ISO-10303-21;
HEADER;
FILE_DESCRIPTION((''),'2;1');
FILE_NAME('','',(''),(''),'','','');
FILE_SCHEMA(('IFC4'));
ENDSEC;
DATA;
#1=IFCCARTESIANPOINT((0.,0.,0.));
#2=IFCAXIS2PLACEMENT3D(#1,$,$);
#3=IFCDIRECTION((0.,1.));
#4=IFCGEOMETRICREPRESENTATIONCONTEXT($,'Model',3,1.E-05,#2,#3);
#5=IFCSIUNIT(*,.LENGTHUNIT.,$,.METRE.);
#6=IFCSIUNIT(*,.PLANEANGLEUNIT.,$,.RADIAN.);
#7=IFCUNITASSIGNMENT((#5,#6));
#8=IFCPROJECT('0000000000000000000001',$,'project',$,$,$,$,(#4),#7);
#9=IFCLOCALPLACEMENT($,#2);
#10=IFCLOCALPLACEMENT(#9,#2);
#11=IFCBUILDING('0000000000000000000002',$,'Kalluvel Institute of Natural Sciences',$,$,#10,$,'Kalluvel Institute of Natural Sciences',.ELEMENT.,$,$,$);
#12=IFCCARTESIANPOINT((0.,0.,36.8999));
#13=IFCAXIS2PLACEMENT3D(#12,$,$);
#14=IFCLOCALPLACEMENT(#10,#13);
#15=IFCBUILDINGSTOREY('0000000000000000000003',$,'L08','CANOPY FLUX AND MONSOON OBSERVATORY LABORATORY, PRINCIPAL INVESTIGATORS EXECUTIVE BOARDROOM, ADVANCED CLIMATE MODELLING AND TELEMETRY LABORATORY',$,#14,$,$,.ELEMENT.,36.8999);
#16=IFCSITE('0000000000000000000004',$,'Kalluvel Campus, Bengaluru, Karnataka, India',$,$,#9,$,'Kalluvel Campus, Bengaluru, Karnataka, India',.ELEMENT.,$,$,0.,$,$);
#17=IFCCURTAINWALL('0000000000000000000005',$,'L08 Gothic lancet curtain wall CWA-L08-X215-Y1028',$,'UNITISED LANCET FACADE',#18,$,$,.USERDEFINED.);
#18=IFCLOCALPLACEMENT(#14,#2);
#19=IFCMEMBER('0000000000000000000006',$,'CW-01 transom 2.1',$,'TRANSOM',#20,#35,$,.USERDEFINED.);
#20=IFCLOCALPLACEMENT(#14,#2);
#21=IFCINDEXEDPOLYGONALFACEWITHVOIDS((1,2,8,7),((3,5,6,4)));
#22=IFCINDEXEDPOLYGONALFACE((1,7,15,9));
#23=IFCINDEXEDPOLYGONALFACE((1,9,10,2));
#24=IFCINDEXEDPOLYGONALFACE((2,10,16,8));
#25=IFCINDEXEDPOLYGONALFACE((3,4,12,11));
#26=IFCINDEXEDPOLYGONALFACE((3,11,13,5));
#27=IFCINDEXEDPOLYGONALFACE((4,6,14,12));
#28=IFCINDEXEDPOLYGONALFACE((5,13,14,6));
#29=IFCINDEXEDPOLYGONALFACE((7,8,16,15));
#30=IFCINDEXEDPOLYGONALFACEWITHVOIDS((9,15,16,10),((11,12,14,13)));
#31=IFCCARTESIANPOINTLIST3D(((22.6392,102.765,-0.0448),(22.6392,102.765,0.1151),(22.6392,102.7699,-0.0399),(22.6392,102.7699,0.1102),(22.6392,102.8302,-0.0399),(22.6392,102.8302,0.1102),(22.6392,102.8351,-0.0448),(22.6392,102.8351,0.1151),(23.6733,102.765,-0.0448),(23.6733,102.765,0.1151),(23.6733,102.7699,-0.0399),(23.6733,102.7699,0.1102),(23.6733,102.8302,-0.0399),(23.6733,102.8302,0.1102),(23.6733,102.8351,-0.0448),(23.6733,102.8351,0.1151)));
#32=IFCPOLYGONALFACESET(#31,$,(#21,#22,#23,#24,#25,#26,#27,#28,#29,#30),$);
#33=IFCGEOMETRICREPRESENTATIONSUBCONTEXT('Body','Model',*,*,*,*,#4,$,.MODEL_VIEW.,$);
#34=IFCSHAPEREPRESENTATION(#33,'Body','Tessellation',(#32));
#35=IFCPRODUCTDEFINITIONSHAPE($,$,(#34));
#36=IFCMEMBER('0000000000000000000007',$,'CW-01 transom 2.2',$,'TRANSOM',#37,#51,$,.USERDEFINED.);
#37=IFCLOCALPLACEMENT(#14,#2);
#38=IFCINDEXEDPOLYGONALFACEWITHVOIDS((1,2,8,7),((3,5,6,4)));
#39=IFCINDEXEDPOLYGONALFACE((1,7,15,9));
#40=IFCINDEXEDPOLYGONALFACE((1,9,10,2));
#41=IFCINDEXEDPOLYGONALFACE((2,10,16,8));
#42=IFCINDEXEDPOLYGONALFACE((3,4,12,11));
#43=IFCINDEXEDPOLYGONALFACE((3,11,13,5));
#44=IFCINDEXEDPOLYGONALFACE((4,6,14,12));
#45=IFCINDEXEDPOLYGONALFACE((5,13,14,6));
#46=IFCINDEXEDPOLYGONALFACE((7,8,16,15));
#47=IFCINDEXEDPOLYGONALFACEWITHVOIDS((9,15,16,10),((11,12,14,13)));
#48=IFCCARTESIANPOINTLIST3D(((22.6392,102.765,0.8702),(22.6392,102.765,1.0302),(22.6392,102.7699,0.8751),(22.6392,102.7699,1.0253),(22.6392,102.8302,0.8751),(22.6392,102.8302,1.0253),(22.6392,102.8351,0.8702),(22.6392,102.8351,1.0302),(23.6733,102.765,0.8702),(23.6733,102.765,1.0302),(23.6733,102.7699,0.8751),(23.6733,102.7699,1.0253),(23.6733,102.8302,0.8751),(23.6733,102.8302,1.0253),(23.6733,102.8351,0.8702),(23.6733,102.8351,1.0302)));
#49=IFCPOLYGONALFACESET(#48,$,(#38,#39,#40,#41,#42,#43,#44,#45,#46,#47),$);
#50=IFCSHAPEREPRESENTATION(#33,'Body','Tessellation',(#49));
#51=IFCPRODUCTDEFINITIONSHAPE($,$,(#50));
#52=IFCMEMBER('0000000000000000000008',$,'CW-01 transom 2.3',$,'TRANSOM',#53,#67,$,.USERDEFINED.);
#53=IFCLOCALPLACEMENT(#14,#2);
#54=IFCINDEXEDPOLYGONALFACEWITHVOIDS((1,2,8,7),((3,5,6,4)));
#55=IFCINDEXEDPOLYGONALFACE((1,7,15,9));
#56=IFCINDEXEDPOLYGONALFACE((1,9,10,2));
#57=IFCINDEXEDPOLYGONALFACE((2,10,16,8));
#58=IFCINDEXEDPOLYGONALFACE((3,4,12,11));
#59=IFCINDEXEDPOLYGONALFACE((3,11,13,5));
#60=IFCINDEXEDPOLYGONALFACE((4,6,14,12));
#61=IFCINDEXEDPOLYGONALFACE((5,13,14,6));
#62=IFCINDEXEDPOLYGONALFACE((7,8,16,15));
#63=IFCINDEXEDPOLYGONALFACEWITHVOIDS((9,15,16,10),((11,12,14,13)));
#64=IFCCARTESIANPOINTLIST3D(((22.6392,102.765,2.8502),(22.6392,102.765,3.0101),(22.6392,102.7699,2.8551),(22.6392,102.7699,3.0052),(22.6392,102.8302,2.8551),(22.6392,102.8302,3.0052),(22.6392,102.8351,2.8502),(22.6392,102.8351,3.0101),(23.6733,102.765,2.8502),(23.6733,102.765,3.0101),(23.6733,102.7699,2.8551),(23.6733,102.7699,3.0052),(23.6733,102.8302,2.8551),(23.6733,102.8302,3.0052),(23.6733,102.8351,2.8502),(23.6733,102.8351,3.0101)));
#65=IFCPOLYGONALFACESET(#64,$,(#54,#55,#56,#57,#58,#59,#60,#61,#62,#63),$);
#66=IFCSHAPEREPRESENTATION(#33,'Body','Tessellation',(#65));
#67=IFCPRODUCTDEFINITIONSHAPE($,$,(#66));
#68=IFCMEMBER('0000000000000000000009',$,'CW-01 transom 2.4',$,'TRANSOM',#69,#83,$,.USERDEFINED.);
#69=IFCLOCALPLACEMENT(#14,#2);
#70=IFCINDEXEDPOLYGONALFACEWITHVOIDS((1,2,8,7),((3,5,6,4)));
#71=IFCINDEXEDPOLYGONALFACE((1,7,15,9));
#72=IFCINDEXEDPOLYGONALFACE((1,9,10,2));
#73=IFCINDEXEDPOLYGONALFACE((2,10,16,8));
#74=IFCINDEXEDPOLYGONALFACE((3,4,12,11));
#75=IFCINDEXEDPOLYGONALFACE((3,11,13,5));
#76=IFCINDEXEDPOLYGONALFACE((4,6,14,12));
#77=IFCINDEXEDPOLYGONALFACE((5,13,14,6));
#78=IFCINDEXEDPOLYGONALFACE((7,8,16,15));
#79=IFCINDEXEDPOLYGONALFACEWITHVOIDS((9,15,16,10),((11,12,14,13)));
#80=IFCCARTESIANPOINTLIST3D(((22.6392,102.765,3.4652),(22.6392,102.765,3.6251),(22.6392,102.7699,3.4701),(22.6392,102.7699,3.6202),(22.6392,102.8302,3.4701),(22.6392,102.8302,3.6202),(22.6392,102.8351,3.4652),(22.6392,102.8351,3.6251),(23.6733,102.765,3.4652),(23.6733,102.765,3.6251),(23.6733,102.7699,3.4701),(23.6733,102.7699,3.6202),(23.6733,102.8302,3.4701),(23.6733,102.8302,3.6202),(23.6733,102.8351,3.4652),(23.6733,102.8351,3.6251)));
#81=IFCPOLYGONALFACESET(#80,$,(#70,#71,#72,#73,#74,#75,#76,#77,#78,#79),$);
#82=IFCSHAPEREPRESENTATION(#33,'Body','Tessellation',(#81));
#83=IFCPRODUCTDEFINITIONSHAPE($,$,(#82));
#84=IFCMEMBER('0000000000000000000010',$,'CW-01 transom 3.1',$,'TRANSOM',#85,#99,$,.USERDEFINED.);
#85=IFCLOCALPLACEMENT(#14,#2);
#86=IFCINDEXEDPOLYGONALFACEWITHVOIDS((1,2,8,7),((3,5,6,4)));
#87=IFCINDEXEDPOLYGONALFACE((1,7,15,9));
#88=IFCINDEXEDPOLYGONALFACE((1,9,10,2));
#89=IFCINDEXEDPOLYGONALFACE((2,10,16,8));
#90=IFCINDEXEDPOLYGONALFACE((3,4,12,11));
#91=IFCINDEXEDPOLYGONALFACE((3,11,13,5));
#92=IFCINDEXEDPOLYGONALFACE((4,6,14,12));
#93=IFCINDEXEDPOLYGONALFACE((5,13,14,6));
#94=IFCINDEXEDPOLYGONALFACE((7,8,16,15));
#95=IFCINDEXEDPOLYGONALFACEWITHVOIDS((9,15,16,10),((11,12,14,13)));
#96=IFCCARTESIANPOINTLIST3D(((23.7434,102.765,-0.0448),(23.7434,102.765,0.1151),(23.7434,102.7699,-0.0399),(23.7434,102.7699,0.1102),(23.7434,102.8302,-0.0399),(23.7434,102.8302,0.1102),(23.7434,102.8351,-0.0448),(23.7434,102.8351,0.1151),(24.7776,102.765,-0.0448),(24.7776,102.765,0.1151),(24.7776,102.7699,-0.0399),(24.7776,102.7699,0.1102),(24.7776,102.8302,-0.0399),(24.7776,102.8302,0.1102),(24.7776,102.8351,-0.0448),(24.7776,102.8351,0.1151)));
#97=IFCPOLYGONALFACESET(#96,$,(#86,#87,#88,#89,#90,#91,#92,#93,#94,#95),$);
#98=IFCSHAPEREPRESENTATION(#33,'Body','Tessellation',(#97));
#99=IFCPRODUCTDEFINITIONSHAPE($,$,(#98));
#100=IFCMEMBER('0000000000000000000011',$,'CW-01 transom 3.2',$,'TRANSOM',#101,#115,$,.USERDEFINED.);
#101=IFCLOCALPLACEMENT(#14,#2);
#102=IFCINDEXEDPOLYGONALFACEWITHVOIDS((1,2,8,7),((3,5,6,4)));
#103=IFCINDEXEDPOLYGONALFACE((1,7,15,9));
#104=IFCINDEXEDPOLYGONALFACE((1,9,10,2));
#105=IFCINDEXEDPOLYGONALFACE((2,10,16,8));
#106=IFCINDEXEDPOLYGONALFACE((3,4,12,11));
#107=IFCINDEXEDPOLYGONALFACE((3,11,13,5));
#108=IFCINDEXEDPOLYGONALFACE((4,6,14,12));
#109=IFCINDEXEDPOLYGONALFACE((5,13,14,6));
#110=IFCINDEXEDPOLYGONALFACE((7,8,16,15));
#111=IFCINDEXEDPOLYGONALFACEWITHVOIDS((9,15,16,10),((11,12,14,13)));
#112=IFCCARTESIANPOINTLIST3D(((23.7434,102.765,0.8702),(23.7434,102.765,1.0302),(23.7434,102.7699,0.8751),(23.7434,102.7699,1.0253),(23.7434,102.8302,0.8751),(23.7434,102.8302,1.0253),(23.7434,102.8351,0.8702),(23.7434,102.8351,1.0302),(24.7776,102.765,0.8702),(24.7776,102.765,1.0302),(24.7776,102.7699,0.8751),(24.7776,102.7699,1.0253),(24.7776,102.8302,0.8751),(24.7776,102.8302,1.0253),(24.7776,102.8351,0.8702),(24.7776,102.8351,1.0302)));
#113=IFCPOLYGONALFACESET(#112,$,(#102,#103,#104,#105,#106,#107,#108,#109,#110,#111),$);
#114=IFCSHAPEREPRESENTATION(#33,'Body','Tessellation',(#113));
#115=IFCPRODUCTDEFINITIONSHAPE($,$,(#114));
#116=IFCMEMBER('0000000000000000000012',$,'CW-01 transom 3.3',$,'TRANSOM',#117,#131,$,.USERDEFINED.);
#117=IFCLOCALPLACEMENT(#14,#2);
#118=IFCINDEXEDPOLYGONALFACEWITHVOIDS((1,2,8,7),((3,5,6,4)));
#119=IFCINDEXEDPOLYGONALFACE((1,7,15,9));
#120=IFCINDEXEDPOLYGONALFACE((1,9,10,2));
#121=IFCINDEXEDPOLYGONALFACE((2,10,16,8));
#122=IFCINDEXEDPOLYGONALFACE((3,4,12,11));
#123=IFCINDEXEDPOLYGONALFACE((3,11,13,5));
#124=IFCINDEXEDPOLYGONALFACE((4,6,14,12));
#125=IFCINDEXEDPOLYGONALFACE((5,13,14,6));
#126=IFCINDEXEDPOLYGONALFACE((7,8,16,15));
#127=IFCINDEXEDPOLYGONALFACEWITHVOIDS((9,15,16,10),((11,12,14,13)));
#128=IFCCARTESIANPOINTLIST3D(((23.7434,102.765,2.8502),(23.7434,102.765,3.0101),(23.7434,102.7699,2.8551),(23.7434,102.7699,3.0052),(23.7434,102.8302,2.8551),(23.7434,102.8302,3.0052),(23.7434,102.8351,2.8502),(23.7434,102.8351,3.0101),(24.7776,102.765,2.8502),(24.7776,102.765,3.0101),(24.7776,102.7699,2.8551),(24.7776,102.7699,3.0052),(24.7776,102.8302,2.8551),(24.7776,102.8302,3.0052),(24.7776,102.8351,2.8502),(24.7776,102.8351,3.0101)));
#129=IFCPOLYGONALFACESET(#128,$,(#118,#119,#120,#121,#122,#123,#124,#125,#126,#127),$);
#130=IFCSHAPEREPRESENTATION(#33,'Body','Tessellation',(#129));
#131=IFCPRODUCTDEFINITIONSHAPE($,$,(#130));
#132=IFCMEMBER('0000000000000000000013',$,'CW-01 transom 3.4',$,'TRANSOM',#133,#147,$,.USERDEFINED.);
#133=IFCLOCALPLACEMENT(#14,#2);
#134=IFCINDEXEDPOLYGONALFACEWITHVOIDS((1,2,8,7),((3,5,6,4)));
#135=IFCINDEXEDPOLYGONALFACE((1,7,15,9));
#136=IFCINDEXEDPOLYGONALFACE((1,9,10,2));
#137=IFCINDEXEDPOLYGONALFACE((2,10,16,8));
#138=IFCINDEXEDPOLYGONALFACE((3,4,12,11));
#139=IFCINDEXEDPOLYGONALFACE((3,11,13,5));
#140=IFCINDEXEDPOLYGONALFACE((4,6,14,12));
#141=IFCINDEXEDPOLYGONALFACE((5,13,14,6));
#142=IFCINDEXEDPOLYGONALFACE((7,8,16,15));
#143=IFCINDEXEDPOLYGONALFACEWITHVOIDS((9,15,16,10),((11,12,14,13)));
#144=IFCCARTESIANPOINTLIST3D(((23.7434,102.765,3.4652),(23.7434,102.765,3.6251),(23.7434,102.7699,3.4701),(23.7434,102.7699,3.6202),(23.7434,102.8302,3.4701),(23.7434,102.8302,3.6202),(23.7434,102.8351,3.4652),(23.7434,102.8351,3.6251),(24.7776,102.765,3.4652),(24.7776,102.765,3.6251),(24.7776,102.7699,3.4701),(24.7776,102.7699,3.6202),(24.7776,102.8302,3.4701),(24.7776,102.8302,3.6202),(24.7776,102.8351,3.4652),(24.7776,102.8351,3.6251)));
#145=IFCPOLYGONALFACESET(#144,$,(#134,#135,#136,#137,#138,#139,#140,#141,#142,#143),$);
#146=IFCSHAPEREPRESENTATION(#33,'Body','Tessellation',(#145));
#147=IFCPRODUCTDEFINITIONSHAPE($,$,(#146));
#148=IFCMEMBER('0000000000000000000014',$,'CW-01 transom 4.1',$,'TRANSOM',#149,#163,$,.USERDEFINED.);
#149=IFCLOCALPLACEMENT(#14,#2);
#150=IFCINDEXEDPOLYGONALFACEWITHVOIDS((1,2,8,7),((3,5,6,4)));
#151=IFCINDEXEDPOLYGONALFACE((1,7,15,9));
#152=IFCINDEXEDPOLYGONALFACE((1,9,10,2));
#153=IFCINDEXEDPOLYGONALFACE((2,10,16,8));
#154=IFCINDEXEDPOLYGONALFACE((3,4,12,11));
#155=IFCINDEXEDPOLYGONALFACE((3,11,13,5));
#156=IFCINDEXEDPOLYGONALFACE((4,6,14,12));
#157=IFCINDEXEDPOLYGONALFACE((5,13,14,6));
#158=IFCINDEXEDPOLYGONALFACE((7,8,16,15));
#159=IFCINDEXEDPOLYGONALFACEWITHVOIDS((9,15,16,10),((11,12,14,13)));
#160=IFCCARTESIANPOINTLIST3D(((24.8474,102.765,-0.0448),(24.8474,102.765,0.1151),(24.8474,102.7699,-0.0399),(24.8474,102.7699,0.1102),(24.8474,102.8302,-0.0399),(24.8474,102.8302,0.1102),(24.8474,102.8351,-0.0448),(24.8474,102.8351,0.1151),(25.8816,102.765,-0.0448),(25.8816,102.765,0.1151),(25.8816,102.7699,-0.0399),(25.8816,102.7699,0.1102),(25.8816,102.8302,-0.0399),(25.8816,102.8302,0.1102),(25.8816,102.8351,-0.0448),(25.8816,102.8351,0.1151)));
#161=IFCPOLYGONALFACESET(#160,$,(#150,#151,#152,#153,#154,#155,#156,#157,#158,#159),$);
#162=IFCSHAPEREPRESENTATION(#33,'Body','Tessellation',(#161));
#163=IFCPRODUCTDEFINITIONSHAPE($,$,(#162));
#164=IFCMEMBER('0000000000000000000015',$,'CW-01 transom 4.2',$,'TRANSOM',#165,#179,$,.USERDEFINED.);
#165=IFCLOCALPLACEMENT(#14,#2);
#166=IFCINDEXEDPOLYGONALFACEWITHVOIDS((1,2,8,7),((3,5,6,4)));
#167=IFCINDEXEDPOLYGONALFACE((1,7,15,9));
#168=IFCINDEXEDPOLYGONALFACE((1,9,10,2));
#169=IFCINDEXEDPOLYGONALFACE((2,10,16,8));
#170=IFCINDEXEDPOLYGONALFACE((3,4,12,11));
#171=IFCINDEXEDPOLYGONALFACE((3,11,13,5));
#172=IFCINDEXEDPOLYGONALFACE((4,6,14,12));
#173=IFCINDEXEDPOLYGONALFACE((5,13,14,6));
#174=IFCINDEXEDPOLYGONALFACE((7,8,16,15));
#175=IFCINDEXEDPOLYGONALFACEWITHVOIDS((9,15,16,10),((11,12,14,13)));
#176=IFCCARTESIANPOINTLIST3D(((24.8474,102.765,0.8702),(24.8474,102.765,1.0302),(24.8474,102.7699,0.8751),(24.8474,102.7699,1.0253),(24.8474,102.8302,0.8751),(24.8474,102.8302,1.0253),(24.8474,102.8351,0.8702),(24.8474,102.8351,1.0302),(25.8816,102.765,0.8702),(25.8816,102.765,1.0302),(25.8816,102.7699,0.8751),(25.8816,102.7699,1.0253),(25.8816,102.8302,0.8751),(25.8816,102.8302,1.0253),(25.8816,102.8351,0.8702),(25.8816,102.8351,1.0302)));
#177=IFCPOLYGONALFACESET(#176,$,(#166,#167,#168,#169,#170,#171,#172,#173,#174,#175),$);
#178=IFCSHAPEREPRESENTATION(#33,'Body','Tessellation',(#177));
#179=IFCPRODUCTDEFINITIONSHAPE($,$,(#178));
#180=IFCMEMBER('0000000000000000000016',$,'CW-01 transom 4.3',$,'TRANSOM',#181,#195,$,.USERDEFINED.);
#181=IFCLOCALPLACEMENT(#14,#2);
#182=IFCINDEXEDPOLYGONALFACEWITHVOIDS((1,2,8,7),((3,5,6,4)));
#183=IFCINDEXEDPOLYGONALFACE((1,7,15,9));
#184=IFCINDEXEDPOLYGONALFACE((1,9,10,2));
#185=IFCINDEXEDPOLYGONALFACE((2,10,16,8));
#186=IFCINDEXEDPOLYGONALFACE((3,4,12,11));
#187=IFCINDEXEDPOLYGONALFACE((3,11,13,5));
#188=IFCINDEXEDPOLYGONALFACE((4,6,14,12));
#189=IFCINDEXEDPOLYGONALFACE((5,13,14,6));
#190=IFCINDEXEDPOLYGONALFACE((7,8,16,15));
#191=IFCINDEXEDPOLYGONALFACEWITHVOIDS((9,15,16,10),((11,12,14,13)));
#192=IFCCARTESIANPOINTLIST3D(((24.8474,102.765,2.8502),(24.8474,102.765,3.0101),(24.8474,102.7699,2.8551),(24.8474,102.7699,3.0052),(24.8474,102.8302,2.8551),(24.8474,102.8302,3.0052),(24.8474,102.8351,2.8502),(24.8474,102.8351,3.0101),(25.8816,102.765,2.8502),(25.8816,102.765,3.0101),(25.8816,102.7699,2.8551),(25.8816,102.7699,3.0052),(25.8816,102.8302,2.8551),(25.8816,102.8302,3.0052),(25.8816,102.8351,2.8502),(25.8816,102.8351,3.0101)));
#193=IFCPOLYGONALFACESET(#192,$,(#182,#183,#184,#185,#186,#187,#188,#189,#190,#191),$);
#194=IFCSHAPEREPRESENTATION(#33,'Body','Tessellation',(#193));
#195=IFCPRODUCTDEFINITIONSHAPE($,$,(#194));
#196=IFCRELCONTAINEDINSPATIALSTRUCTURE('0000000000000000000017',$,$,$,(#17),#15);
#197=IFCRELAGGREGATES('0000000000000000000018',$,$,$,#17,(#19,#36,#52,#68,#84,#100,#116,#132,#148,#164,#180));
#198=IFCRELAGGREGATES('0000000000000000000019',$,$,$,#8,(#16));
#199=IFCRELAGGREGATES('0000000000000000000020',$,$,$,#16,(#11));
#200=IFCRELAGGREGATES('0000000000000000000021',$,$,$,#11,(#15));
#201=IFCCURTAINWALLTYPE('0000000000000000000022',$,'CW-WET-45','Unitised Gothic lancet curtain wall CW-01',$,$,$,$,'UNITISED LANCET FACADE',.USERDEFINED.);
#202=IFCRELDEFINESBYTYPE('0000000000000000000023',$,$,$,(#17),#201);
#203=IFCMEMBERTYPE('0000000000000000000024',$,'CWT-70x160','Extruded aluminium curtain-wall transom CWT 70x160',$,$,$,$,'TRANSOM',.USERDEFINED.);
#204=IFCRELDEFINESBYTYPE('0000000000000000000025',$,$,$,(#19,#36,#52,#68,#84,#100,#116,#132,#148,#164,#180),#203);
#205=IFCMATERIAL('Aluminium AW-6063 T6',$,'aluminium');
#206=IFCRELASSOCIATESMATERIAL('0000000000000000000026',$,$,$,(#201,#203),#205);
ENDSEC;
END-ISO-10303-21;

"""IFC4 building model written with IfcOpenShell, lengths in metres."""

from ifc_helpers import new_model, si_unit, direction, frame, origin, origin_2d, place, context, subcontext, project, spatial, hollow_rectangle, extrude, material, material_profile, profile_set, type_object, element, aggregate, save


model = new_model("IFC4")

# Units and contexts
model_context = context("Model", 3, precision=1e-05, world=origin(), true_north=direction((0.0, 1.0)))
body_context = subcontext(model_context, "Body", "Model", "MODEL_VIEW")
ifc_project = project(units=[si_unit("LENGTHUNIT", "METRE"), si_unit("PLANEANGLEUNIT", "RADIAN")], contexts=[model_context])

# Site, building, storey
site_placement = place(None, origin())
site = spatial("IfcSite", under=ifc_project, at=site_placement, Name="Kalluvel Campus, Bengaluru, Karnataka, India", LongName="Kalluvel Campus, Bengaluru, Karnataka, India", CompositionType="ELEMENT", RefElevation=0.0)
building_placement = place(site_placement, origin())
building = spatial("IfcBuilding", under=site, at=building_placement, Name="Kalluvel Institute of Natural Sciences", LongName="Kalluvel Institute of Natural Sciences", CompositionType="ELEMENT")
storey_placement = place(building_placement, frame((0.0, 0.0, 36.8999)))
storey = spatial("IfcBuildingStorey", under=building, at=storey_placement, Name="L08", Description="CANOPY FLUX AND MONSOON OBSERVATORY LABORATORY, PRINCIPAL INVESTIGATORS EXECUTIVE BOARDROOM, ADVANCED CLIMATE MODELLING AND TELEMETRY LABORATORY", CompositionType="ELEMENT", Elevation=36.8999)

# Curtain wall, members
ifc_material_1 = material(Name="Aluminium AW-6063 T6", Category="aluminium")
curtain_wall_type = type_object("IfcCurtainWallType", Name="CW-WET-45", Description="Unitised Gothic lancet curtain wall CW-01", ElementType="UNITISED LANCET FACADE", PredefinedType="USERDEFINED", material=ifc_material_1)
curtain_wall_placement = place(storey_placement, origin())
curtain_wall = element("IfcCurtainWall", 1, at=curtain_wall_placement, inside=storey, type_object=curtain_wall_type, Name="L08 Gothic lancet curtain wall CWA-L08-X215-Y1028", ObjectType="UNITISED LANCET FACADE", PredefinedType="USERDEFINED")
ifc_material_profile = material_profile(ifc_material_1, hollow_rectangle(XDim=0.0701, YDim=0.1599, WallThickness=0.0049, at=origin_2d()), Name="CWT 70x160")
ifc_profile_set = profile_set([ifc_material_profile], Name="Aluminium AW-6063 T6")
member_type = type_object("IfcMemberType", Name="CWT-70x160", Description="Extruded aluminium curtain-wall transom CWT 70x160", ElementType="TRANSOM", PredefinedType="USERDEFINED", material=ifc_profile_set)
member_1_placement = place(storey_placement, frame((22.6392, 102.8, 0.0352), z_axis=(1.0, 0.0, 0.0), x_axis=(0.0, 1.0, 0.0)))
member_1 = element("IfcMember", 2, at=member_1_placement, type_object=member_type, Name="CW-01 transom 2.1", ObjectType="TRANSOM", PredefinedType="USERDEFINED", context=body_context, shape_type="SweptSolid", body=[
    extrude(hollow_rectangle(XDim=0.0701, YDim=0.1599, WallThickness=0.0049, at=origin_2d()), origin(), (0.0, 0.0, 1.0), 1.0342),
])
member_2_placement = place(storey_placement, frame((22.6392, 102.8, 0.9502), z_axis=(1.0, 0.0, 0.0), x_axis=(0.0, 1.0, 0.0)))
member_2 = element("IfcMember", 3, at=member_2_placement, type_object=member_type, Name="CW-01 transom 2.2", ObjectType="TRANSOM", PredefinedType="USERDEFINED", context=body_context, shape_type="SweptSolid", body=[
    extrude(hollow_rectangle(XDim=0.0701, YDim=0.1599, WallThickness=0.0049, at=origin_2d()), origin(), (0.0, 0.0, 1.0), 1.0342),
])
member_3_placement = place(storey_placement, frame((22.6392, 102.8, 2.9302), z_axis=(1.0, 0.0, 0.0), x_axis=(0.0, 1.0, 0.0)))
member_3 = element("IfcMember", 4, at=member_3_placement, type_object=member_type, Name="CW-01 transom 2.3", ObjectType="TRANSOM", PredefinedType="USERDEFINED", context=body_context, shape_type="SweptSolid", body=[
    extrude(hollow_rectangle(XDim=0.0701, YDim=0.1599, WallThickness=0.0049, at=origin_2d()), origin(), (0.0, 0.0, 1.0), 1.0342),
])
member_4_placement = place(storey_placement, frame((22.6392, 102.8, 3.5452), z_axis=(1.0, 0.0, 0.0), x_axis=(0.0, 1.0, 0.0)))
member_4 = element("IfcMember", 5, at=member_4_placement, type_object=member_type, Name="CW-01 transom 2.4", ObjectType="TRANSOM", PredefinedType="USERDEFINED", context=body_context, shape_type="SweptSolid", body=[
    extrude(hollow_rectangle(XDim=0.0701, YDim=0.1599, WallThickness=0.0049, at=origin_2d()), origin(), (0.0, 0.0, 1.0), 1.0342),
])
member_5_placement = place(storey_placement, frame((23.7434, 102.8, 0.0352), z_axis=(1.0, 0.0, 0.0), x_axis=(0.0, 1.0, 0.0)))
member_5 = element("IfcMember", 6, at=member_5_placement, type_object=member_type, Name="CW-01 transom 3.1", ObjectType="TRANSOM", PredefinedType="USERDEFINED", context=body_context, shape_type="SweptSolid", body=[
    extrude(hollow_rectangle(XDim=0.0701, YDim=0.1599, WallThickness=0.0049, at=origin_2d()), origin(), (0.0, 0.0, 1.0), 1.0342),
])
member_6_placement = place(storey_placement, frame((23.7434, 102.8, 0.9502), z_axis=(1.0, 0.0, 0.0), x_axis=(0.0, 1.0, 0.0)))
member_6 = element("IfcMember", 7, at=member_6_placement, type_object=member_type, Name="CW-01 transom 3.2", ObjectType="TRANSOM", PredefinedType="USERDEFINED", context=body_context, shape_type="SweptSolid", body=[
    extrude(hollow_rectangle(XDim=0.0701, YDim=0.1599, WallThickness=0.0049, at=origin_2d()), origin(), (0.0, 0.0, 1.0), 1.0342),
])
member_7_placement = place(storey_placement, frame((23.7434, 102.8, 2.9302), z_axis=(1.0, 0.0, 0.0), x_axis=(0.0, 1.0, 0.0)))
member_7 = element("IfcMember", 8, at=member_7_placement, type_object=member_type, Name="CW-01 transom 3.3", ObjectType="TRANSOM", PredefinedType="USERDEFINED", context=body_context, shape_type="SweptSolid", body=[
    extrude(hollow_rectangle(XDim=0.0701, YDim=0.1599, WallThickness=0.0049, at=origin_2d()), origin(), (0.0, 0.0, 1.0), 1.0342),
])
member_8_placement = place(storey_placement, frame((23.7434, 102.8, 3.5452), z_axis=(1.0, 0.0, 0.0), x_axis=(0.0, 1.0, 0.0)))
member_8 = element("IfcMember", 9, at=member_8_placement, type_object=member_type, Name="CW-01 transom 3.4", ObjectType="TRANSOM", PredefinedType="USERDEFINED", context=body_context, shape_type="SweptSolid", body=[
    extrude(hollow_rectangle(XDim=0.0701, YDim=0.1599, WallThickness=0.0049, at=origin_2d()), origin(), (0.0, 0.0, 1.0), 1.0342),
])
member_9_placement = place(storey_placement, frame((24.8474, 102.8, 0.0352), z_axis=(1.0, 0.0, 0.0), x_axis=(0.0, 1.0, 0.0)))
member_9 = element("IfcMember", 10, at=member_9_placement, type_object=member_type, Name="CW-01 transom 4.1", ObjectType="TRANSOM", PredefinedType="USERDEFINED", context=body_context, shape_type="SweptSolid", body=[
    extrude(hollow_rectangle(XDim=0.0701, YDim=0.1599, WallThickness=0.0049, at=origin_2d()), origin(), (0.0, 0.0, 1.0), 1.0342),
])
member_10_placement = place(storey_placement, frame((24.8474, 102.8, 0.9502), z_axis=(1.0, 0.0, 0.0), x_axis=(0.0, 1.0, 0.0)))
member_10 = element("IfcMember", 11, at=member_10_placement, type_object=member_type, Name="CW-01 transom 4.2", ObjectType="TRANSOM", PredefinedType="USERDEFINED", context=body_context, shape_type="SweptSolid", body=[
    extrude(hollow_rectangle(XDim=0.0701, YDim=0.1599, WallThickness=0.0049, at=origin_2d()), origin(), (0.0, 0.0, 1.0), 1.0342),
])
member_11_placement = place(storey_placement, frame((24.8474, 102.8, 2.9302), z_axis=(1.0, 0.0, 0.0), x_axis=(0.0, 1.0, 0.0)))
member_11 = element("IfcMember", 12, at=member_11_placement, type_object=member_type, Name="CW-01 transom 4.3", ObjectType="TRANSOM", PredefinedType="USERDEFINED", context=body_context, shape_type="SweptSolid", body=[
    extrude(hollow_rectangle(XDim=0.0701, YDim=0.1599, WallThickness=0.0049, at=origin_2d()), origin(), (0.0, 0.0, 1.0), 1.0342),
])
aggregate(curtain_wall, [member_1, member_2, member_3, member_4, member_5, member_6, member_7, member_8, member_9, member_10, member_11])

save(model, "model.ifc")
